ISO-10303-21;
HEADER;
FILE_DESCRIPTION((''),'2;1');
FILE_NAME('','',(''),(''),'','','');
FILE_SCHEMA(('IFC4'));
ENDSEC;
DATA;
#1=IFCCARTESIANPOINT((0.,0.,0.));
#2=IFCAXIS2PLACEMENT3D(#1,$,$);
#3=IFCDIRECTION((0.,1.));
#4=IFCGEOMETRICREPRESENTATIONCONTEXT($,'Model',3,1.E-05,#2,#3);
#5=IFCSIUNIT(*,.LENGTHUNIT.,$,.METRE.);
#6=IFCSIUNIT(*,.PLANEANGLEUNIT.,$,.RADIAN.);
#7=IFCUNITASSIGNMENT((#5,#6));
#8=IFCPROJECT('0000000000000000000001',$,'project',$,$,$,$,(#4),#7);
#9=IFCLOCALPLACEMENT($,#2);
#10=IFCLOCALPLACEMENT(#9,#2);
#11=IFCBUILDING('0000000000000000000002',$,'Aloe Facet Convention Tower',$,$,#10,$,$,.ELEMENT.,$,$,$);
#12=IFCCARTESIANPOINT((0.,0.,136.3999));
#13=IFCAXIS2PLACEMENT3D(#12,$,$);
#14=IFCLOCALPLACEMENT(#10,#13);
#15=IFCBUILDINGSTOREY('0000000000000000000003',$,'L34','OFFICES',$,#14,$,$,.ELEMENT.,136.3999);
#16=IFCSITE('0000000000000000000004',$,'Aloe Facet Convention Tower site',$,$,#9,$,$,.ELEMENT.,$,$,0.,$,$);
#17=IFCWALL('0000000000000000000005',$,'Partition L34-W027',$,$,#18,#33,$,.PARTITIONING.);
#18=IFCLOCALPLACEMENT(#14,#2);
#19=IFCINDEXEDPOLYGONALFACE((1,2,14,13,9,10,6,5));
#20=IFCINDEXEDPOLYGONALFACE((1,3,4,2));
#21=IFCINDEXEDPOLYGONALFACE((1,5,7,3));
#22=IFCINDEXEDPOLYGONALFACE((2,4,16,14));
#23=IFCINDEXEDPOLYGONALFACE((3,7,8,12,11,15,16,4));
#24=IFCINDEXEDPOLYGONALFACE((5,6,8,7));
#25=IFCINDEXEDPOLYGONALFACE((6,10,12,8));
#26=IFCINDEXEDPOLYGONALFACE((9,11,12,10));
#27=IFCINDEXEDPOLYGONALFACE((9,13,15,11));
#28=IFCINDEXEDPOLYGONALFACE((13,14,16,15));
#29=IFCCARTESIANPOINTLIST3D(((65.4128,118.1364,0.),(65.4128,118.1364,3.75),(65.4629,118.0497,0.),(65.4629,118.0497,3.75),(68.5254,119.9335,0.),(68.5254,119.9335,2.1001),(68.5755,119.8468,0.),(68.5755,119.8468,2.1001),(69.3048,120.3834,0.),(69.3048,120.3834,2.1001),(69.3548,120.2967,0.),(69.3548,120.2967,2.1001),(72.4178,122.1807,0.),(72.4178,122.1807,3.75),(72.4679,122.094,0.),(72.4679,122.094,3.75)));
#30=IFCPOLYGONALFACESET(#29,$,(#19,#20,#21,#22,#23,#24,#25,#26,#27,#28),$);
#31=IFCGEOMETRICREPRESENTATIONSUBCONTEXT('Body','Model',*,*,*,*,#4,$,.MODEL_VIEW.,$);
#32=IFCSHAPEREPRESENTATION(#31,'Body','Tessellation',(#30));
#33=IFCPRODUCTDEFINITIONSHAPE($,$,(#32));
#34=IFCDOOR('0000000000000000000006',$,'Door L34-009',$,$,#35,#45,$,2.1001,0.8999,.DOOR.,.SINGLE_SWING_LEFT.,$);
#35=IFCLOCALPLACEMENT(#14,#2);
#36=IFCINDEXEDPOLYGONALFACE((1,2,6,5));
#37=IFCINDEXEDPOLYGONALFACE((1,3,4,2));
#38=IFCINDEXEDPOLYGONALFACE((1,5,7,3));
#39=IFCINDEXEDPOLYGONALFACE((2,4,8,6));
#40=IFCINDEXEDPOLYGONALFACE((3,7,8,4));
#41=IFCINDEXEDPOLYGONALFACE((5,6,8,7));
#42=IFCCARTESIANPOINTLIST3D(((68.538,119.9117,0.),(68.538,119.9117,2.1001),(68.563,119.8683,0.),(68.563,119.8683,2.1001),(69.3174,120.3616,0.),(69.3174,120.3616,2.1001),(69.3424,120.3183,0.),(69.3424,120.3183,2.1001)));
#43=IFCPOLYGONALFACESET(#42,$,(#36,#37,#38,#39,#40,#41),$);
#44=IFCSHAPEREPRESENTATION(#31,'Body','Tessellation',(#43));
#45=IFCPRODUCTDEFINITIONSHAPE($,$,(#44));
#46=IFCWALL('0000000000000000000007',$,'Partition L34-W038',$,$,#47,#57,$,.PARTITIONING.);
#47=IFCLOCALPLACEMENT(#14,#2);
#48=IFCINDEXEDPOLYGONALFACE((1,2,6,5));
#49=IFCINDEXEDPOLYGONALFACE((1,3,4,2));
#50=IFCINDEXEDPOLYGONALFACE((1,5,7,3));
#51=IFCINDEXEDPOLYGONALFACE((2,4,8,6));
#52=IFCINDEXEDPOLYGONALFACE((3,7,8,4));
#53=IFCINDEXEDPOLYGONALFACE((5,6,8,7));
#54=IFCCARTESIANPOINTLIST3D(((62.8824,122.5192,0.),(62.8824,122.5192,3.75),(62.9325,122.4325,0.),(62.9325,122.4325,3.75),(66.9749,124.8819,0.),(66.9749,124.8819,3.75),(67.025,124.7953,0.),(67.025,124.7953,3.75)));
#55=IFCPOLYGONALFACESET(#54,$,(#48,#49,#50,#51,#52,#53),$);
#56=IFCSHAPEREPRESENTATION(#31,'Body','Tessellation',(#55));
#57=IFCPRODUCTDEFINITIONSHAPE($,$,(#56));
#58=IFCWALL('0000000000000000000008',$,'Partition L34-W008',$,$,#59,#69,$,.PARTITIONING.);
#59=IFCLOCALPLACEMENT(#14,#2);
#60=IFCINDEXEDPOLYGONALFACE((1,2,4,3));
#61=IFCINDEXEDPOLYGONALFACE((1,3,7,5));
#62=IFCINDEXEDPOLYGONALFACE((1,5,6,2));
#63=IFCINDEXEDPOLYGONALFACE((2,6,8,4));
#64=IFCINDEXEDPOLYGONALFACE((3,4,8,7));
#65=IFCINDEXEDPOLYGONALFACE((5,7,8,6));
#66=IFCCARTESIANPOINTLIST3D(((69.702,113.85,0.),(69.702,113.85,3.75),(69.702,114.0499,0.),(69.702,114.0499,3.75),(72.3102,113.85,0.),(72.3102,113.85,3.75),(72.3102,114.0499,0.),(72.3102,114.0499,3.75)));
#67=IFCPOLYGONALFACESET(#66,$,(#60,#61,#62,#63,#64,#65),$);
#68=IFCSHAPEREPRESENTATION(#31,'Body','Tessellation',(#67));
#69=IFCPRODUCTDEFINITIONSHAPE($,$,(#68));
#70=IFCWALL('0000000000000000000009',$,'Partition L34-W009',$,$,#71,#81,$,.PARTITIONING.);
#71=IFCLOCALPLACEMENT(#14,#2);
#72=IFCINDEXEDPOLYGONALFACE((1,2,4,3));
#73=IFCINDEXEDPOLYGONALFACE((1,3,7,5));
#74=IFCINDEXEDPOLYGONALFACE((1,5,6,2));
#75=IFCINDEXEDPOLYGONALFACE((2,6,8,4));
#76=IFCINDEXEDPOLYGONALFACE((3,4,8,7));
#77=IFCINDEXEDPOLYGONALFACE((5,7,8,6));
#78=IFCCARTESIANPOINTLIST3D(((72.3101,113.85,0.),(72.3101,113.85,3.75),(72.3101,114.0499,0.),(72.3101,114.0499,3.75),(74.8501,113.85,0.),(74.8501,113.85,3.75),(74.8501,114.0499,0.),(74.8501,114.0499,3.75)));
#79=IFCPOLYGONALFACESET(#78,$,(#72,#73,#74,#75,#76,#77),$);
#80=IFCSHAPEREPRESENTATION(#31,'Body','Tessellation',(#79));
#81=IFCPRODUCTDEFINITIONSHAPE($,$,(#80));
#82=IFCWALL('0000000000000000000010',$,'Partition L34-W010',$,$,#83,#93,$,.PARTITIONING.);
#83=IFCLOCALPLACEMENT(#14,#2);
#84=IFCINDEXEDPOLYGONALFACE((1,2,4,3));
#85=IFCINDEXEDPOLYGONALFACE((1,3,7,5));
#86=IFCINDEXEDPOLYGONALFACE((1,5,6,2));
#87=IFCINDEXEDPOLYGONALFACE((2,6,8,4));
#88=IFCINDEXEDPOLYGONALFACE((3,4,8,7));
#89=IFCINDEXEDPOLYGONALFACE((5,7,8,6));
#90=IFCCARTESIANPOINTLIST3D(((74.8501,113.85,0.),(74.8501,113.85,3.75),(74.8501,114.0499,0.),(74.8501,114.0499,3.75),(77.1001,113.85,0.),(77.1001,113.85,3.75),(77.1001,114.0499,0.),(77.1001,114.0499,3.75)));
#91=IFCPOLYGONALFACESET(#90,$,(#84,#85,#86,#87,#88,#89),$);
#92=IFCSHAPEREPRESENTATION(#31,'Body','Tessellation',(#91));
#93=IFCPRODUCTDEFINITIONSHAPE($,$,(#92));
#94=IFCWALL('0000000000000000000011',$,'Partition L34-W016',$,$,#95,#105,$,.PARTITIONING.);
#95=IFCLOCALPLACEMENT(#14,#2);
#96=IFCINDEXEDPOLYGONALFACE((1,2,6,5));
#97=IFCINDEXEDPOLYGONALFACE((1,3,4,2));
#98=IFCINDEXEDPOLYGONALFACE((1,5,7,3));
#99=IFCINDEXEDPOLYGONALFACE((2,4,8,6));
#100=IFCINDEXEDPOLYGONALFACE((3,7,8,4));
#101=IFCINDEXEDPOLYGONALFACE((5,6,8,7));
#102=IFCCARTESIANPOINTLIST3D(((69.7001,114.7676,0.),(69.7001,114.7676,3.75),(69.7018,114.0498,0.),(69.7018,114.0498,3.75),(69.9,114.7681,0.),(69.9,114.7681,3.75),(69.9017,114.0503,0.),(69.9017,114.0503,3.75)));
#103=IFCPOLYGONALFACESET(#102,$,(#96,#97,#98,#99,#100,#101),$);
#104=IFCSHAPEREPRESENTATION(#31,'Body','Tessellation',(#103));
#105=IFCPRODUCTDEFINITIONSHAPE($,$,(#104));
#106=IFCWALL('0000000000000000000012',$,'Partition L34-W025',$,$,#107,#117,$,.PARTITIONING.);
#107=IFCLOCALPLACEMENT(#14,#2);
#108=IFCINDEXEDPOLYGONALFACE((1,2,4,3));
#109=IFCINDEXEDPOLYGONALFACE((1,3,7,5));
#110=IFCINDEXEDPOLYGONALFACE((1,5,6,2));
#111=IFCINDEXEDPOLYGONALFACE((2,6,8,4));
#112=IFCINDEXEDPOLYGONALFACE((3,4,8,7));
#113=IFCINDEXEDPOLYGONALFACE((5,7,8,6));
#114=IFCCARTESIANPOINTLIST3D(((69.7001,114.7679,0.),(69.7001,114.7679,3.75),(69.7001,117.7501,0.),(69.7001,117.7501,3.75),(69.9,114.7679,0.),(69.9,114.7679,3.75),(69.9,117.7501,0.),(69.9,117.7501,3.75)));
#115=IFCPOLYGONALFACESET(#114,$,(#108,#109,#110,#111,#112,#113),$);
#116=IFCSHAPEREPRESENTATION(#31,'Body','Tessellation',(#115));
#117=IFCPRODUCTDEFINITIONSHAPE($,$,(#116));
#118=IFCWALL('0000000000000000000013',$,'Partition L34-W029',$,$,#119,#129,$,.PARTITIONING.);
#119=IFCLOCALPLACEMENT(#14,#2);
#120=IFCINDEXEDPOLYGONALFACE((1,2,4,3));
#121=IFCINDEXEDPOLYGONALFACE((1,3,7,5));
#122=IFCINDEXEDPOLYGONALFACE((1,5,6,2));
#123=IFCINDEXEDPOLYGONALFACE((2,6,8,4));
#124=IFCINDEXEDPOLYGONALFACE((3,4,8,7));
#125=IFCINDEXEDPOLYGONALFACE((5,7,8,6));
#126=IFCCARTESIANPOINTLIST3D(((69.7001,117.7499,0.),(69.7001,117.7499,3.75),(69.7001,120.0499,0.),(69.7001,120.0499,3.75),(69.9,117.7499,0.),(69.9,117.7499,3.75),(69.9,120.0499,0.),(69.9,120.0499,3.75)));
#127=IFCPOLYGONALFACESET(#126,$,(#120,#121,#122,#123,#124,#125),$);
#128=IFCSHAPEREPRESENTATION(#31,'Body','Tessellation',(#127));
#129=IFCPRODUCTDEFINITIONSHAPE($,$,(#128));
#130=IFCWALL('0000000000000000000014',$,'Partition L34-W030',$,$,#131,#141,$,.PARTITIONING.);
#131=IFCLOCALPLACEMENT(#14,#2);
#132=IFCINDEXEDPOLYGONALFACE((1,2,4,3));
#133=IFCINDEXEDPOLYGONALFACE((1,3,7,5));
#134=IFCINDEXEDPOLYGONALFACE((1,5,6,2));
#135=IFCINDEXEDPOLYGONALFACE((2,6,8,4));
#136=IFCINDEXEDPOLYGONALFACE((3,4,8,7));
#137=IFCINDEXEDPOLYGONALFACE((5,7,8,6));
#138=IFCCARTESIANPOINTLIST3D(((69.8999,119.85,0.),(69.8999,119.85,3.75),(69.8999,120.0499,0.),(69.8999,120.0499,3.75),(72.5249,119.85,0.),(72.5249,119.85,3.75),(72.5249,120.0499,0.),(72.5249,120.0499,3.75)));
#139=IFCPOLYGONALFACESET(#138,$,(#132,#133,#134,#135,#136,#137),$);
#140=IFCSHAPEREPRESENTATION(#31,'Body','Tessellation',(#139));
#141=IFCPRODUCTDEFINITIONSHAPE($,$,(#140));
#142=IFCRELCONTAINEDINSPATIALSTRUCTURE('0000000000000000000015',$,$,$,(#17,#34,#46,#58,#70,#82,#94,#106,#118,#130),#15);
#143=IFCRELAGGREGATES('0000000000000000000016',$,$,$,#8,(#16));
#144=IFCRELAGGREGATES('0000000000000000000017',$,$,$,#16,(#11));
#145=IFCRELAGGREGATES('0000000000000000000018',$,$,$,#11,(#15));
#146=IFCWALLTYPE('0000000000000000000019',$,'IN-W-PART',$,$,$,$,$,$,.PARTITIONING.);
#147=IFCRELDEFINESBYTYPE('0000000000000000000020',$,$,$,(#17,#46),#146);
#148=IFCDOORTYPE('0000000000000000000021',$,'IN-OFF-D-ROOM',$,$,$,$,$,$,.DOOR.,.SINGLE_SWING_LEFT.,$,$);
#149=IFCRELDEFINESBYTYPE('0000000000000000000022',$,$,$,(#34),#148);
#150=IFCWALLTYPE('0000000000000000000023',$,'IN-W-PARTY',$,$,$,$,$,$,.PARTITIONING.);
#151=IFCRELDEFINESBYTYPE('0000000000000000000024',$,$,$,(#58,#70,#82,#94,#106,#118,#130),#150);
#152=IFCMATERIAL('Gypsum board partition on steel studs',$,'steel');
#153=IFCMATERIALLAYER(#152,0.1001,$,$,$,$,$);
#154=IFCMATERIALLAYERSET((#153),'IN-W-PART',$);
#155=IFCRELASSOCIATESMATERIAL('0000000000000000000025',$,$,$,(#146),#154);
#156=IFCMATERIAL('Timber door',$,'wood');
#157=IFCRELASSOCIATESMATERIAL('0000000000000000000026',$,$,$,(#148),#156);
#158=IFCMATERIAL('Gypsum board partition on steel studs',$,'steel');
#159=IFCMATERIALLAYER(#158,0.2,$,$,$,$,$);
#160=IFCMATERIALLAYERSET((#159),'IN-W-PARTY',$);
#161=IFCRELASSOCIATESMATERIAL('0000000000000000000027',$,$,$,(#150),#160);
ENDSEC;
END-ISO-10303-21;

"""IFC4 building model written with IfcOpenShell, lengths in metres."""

from ifc_helpers import new_model, si_unit, direction, frame, frame_2d, origin, place, context, subcontext, project, spatial, rectangle, extrude, material, layer, layer_set, type_object, element, fill, save


model = new_model("IFC4")

# Units and contexts
model_context = context("Model", 3, precision=1e-05, world=origin(), true_north=direction((0.0, 1.0)))
body_context = subcontext(model_context, "Body", "Model", "MODEL_VIEW")
ifc_project = project(units=[si_unit("LENGTHUNIT", "METRE"), si_unit("PLANEANGLEUNIT", "RADIAN")], contexts=[model_context])

# Site, building, storey
site_placement = place(None, origin())
site = spatial("IfcSite", under=ifc_project, at=site_placement, Name="Aloe Facet Convention Tower site", CompositionType="ELEMENT", RefElevation=0.0)
building_placement = place(site_placement, origin())
building = spatial("IfcBuilding", under=site, at=building_placement, Name="Aloe Facet Convention Tower", CompositionType="ELEMENT")
storey_placement = place(building_placement, frame((0.0, 0.0, 136.3999)))
storey = spatial("IfcBuildingStorey", under=building, at=storey_placement, Name="L34", Description="OFFICES", CompositionType="ELEMENT", Elevation=136.3999)

# Shared definitions
ifc_material_1 = material(Name="Gypsum board partition on steel studs", Category="steel")
ifc_layer_1 = layer(ifc_material_1, 0.1001)
ifc_layer_set_1 = layer_set([ifc_layer_1], Name="IN-W-PART")
wall_type_1 = type_object("IfcWallType", Name="IN-W-PART", PredefinedType="PARTITIONING", material=ifc_layer_set_1)

# Wall, opening, door
wall_1_placement = place(storey_placement, frame((65.4377, 118.093, 0.0), z_axis=(0.0, 0.0, 1.0), x_axis=(0.86603, 0.499992, 0.0)))
wall_1 = element("IfcWall", 1, at=wall_1_placement, inside=storey, type_object=wall_type_1, Name="Partition L34-W027", PredefinedType="PARTITIONING", context=body_context, shape_type="SweptSolid", body=[
    extrude(rectangle(XDim=8.0886, YDim=0.1001, at=frame_2d((4.0444, 0.0))), origin(), (0.0, 0.0, 1.0), 3.75),
])
opening_1_placement = place(wall_1_placement, frame((3.5942, 0.0, 0.0)))
opening_1 = element("IfcOpeningElement", 2, at=opening_1_placement, cuts=wall_1, PredefinedType="OPENING", context=body_context, shape_type="SweptSolid", body=[
    extrude(rectangle(XDim=0.8999, YDim=2.1001, at=frame_2d((0.45, 1.05))), frame((0.0, 0.0601, 0.0), z_axis=(0.0, -1.0, 0.0), x_axis=(1.0, 0.0, 0.0)), (0.0, 0.0, 1.0), 0.1201),
])
ifc_material_2 = material(Name="Timber door", Category="wood")
door_type_1 = type_object("IfcDoorType", Name="IN-OFF-D-ROOM", OperationType="SINGLE_SWING_LEFT", PredefinedType="DOOR", material=ifc_material_2)
door_1_placement = place(opening_1_placement, origin())
door_1 = element("IfcDoor", 3, at=door_1_placement, inside=storey, type_object=door_type_1, Name="Door L34-009", OperationType="SINGLE_SWING_LEFT", OverallHeight=2.1001, OverallWidth=0.8999, PredefinedType="DOOR", context=body_context, shape_type="SweptSolid", body=[
    extrude(rectangle(XDim=0.8999, YDim=2.1001, at=frame_2d((0.45, 1.05))), frame((0.0, 0.0249, 0.0), z_axis=(0.0, -1.0, 0.0), x_axis=(1.0, 0.0, 0.0)), (0.0, 0.0, 1.0), 0.05),
])
fill(opening_1, door_1)

# Walls
wall_2_placement = place(storey_placement, frame((62.9075, 122.4758, 0.0), z_axis=(0.0, 0.0, 1.0), x_axis=(0.866028, 0.499995, 0.0)))
element("IfcWall", 4, at=wall_2_placement, inside=storey, type_object=wall_type_1, Name="Partition L34-W038", PredefinedType="PARTITIONING", context=body_context, shape_type="SweptSolid", body=[
    extrude(rectangle(XDim=4.7256, YDim=0.1001, at=frame_2d((2.3628, 0.0))), origin(), (0.0, 0.0, 1.0), 3.75),
])
ifc_material_3 = material(Name="Gypsum board partition on steel studs", Category="steel")
ifc_layer_2 = layer(ifc_material_3, 0.2)
ifc_layer_set_2 = layer_set([ifc_layer_2], Name="IN-W-PARTY")
wall_type_2 = type_object("IfcWallType", Name="IN-W-PARTY", PredefinedType="PARTITIONING", material=ifc_layer_set_2)
wall_3_placement = place(storey_placement, frame((69.7019, 113.95, 0.0), z_axis=(0.0, 0.0, 1.0), x_axis=(1.0, 0.0, 0.0)))
element("IfcWall", 5, at=wall_3_placement, inside=storey, type_object=wall_type_2, Name="Partition L34-W008", PredefinedType="PARTITIONING", context=body_context, shape_type="SweptSolid", body=[
    extrude(rectangle(XDim=2.6082, YDim=0.2, at=frame_2d((1.3042, 0.0))), origin(), (0.0, 0.0, 1.0), 3.75),
])
wall_4_placement = place(storey_placement, frame((72.3101, 113.95, 0.0), z_axis=(0.0, 0.0, 1.0), x_axis=(1.0, 0.0, 0.0)))
element("IfcWall", 6, at=wall_4_placement, inside=storey, type_object=wall_type_2, Name="Partition L34-W009", PredefinedType="PARTITIONING", context=body_context, shape_type="SweptSolid", body=[
    extrude(rectangle(XDim=2.54, YDim=0.2, at=frame_2d((1.27, 0.0))), origin(), (0.0, 0.0, 1.0), 3.75),
])
wall_5_placement = place(storey_placement, frame((74.8501, 113.95, 0.0), z_axis=(0.0, 0.0, 1.0), x_axis=(1.0, 0.0, 0.0)))
element("IfcWall", 7, at=wall_5_placement, inside=storey, type_object=wall_type_2, Name="Partition L34-W010", PredefinedType="PARTITIONING", context=body_context, shape_type="SweptSolid", body=[
    extrude(rectangle(XDim=2.25, YDim=0.2, at=frame_2d((1.125, 0.0))), origin(), (0.0, 0.0, 1.0), 3.75),
])
wall_6_placement = place(storey_placement, frame((69.8018, 114.05, 0.0), z_axis=(0.0, 0.0, 1.0), x_axis=(-0.002381, 0.999997, 0.0)))
element("IfcWall", 8, at=wall_6_placement, inside=storey, type_object=wall_type_2, Name="Partition L34-W016", PredefinedType="PARTITIONING", context=body_context, shape_type="SweptSolid", body=[
    extrude(rectangle(XDim=0.7178, YDim=0.2, at=frame_2d((0.3589, 0.0))), origin(), (0.0, 0.0, 1.0), 3.75),
])
wall_7_placement = place(storey_placement, frame((69.8, 114.7678, 0.0), z_axis=(0.0, 0.0, 1.0), x_axis=(0.0, 1.0, 0.0)))
element("IfcWall", 9, at=wall_7_placement, inside=storey, type_object=wall_type_2, Name="Partition L34-W025", PredefinedType="PARTITIONING", context=body_context, shape_type="SweptSolid", body=[
    extrude(rectangle(XDim=2.9822, YDim=0.2, at=frame_2d((1.4912, 0.0))), origin(), (0.0, 0.0, 1.0), 3.75),
])
wall_8_placement = place(storey_placement, frame((69.8, 117.75, 0.0), z_axis=(0.0, 0.0, 1.0), x_axis=(0.0, 1.0, 0.0)))
element("IfcWall", 10, at=wall_8_placement, inside=storey, type_object=wall_type_2, Name="Partition L34-W029", PredefinedType="PARTITIONING", context=body_context, shape_type="SweptSolid", body=[
    extrude(rectangle(XDim=2.3, YDim=0.2, at=frame_2d((1.1499, 0.0))), origin(), (0.0, 0.0, 1.0), 3.75),
])
wall_9_placement = place(storey_placement, frame((69.8999, 119.95, 0.0), z_axis=(0.0, 0.0, 1.0), x_axis=(1.0, 0.0, 0.0)))
element("IfcWall", 11, at=wall_9_placement, inside=storey, type_object=wall_type_2, Name="Partition L34-W030", PredefinedType="PARTITIONING", context=body_context, shape_type="SweptSolid", body=[
    extrude(rectangle(XDim=2.625, YDim=0.2, at=frame_2d((1.3125, 0.0))), origin(), (0.0, 0.0, 1.0), 3.75),
])

save(model, "model.ifc")
